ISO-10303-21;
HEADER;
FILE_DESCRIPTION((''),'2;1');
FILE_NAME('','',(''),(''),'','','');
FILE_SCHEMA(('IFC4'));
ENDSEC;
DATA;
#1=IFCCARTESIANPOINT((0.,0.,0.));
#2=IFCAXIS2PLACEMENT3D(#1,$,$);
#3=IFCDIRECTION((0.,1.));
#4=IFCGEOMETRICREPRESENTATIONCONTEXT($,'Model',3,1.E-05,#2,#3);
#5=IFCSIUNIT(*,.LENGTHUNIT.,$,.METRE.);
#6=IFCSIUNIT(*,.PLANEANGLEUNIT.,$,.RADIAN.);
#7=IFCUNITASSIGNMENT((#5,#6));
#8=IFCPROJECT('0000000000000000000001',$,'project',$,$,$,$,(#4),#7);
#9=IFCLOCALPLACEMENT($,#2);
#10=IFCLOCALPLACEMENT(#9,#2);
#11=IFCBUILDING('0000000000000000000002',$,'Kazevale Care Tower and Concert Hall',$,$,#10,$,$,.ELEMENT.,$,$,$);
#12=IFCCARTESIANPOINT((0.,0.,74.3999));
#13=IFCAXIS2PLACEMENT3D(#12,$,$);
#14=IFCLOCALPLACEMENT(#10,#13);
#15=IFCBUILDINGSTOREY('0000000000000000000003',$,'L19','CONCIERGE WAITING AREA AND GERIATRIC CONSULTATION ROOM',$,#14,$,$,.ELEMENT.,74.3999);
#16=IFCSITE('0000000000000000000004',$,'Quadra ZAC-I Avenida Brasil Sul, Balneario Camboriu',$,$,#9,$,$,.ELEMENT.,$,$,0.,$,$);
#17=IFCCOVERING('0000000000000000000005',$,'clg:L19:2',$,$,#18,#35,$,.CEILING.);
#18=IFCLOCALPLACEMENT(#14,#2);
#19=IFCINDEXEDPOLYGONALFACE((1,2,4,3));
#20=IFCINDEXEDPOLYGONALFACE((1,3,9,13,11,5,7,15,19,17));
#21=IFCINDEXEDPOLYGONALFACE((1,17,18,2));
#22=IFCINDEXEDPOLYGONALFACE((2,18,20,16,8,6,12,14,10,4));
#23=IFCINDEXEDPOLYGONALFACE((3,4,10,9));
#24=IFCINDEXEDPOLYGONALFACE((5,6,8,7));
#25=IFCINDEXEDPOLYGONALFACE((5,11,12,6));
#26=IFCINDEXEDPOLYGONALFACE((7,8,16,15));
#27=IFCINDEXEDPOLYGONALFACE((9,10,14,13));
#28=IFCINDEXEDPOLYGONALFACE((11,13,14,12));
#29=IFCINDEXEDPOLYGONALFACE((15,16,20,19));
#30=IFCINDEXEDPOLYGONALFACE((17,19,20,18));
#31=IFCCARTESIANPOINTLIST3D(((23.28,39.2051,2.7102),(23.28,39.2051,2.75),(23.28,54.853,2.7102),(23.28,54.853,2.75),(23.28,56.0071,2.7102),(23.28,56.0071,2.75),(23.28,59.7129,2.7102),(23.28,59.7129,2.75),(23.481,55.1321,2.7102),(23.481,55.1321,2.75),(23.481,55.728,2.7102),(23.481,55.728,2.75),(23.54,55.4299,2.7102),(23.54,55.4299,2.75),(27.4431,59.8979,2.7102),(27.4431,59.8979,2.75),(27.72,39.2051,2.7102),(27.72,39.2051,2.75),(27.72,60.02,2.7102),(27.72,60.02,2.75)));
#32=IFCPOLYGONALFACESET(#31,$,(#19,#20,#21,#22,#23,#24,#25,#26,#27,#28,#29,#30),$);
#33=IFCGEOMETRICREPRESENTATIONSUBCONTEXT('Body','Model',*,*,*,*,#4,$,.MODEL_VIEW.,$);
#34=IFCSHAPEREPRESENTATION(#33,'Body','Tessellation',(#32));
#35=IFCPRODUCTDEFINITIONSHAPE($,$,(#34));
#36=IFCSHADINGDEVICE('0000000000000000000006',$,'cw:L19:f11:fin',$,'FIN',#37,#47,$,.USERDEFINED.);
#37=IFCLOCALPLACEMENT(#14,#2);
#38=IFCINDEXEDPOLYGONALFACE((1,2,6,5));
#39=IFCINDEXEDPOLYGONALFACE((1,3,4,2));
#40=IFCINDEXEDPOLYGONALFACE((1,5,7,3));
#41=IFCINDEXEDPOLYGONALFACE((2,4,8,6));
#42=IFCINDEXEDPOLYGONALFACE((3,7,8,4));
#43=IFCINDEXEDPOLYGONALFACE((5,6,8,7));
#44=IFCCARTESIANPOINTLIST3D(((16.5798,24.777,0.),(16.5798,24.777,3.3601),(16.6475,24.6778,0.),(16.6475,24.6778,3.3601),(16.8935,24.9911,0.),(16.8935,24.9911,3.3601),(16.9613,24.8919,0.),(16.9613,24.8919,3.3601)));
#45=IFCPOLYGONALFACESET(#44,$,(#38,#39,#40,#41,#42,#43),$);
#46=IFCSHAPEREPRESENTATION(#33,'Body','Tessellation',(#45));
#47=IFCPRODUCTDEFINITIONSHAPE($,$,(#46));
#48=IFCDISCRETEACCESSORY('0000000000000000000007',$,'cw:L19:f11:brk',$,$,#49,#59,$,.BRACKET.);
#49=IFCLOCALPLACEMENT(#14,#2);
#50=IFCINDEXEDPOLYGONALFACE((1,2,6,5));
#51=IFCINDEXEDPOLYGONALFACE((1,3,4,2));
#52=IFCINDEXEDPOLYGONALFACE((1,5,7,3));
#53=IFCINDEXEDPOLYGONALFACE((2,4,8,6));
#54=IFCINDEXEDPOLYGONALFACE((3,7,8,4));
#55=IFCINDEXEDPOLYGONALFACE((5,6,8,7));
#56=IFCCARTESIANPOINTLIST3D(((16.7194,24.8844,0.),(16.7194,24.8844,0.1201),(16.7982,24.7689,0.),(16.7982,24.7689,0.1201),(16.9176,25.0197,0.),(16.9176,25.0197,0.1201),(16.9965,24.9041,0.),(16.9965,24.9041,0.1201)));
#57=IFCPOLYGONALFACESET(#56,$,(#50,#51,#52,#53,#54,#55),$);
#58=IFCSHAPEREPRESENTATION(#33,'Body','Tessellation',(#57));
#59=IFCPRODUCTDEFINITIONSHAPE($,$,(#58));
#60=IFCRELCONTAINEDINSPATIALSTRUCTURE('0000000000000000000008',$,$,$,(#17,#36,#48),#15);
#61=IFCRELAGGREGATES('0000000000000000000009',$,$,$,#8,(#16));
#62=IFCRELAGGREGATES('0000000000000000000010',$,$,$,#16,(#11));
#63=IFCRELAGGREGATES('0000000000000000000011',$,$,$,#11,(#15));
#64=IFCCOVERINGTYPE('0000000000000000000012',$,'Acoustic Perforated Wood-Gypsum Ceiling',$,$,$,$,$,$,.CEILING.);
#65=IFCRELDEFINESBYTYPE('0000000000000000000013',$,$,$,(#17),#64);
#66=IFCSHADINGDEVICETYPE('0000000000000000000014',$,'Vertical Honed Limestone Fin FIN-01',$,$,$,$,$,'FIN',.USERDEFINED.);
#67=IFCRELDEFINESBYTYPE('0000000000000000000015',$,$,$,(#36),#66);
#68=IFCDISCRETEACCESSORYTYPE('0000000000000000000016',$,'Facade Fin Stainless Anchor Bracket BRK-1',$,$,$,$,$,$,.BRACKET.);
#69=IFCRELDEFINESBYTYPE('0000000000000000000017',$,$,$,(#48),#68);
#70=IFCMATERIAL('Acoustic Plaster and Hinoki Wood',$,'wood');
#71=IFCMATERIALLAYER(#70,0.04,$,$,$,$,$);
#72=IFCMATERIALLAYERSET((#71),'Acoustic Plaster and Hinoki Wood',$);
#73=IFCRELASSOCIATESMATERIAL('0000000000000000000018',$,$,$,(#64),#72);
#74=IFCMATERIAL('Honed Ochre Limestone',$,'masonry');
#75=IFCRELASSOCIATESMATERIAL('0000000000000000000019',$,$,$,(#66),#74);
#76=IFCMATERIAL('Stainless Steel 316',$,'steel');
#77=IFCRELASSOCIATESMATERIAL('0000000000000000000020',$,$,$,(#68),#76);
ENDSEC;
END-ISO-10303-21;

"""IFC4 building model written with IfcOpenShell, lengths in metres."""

from ifc_helpers import new_model, si_unit, direction, frame, origin, origin_2d, place, context, subcontext, project, spatial, polyline, rectangle, outline, extrude, material, layer, layer_set, type_object, element, save


model = new_model("IFC4")

# Units and contexts
model_context = context("Model", 3, precision=1e-05, world=origin(), true_north=direction((0.0, 1.0)))
body_context = subcontext(model_context, "Body", "Model", "MODEL_VIEW")
ifc_project = project(units=[si_unit("LENGTHUNIT", "METRE"), si_unit("PLANEANGLEUNIT", "RADIAN")], contexts=[model_context])

# Site, building, storey
site_placement = place(None, origin())
site = spatial("IfcSite", under=ifc_project, at=site_placement, Name="Quadra ZAC-I Avenida Brasil Sul, Balneario Camboriu", CompositionType="ELEMENT", RefElevation=0.0)
building_placement = place(site_placement, origin())
building = spatial("IfcBuilding", under=site, at=building_placement, Name="Kazevale Care Tower and Concert Hall", CompositionType="ELEMENT")
storey_placement = place(building_placement, frame((0.0, 0.0, 74.3999)))
storey = spatial("IfcBuildingStorey", under=building, at=storey_placement, Name="L19", Description="CONCIERGE WAITING AREA AND GERIATRIC CONSULTATION ROOM", CompositionType="ELEMENT", Elevation=74.3999)

# Covering
ifc_material_1 = material(Name="Acoustic Plaster and Hinoki Wood", Category="wood")
ifc_layer_1 = layer(ifc_material_1, 0.04)
ifc_layer_set_1 = layer_set([ifc_layer_1], Name="Acoustic Plaster and Hinoki Wood")
covering_type = type_object("IfcCoveringType", Name="Acoustic Perforated Wood-Gypsum Ceiling", PredefinedType="CEILING", material=ifc_layer_set_1)
covering_1_placement = place(storey_placement, frame((0.0, 0.0, 2.7102)))
element("IfcCovering", 1, at=covering_1_placement, inside=storey, type_object=covering_type, Name="clg:L19:2", PredefinedType="CEILING", context=body_context, shape_type="SweptSolid", body=[
    extrude(outline(polyline([(27.4431, 59.8979), (27.72, 60.02), (27.72, 39.2051), (23.28, 39.2051), (23.28, 54.853), (23.481, 55.1321), (23.54, 55.4299), (23.481, 55.728), (23.28, 56.0071), (23.28, 59.7129), (27.4431, 59.8979)])), origin(), (0.0, 0.0, 1.0), 0.0398),
])

# Shading device
ifc_material_2 = material(Name="Honed Ochre Limestone", Category="masonry")
shading_device_type = type_object("IfcShadingDeviceType", Name="Vertical Honed Limestone Fin FIN-01", ElementType="FIN", PredefinedType="USERDEFINED", material=ifc_material_2)
shading_device_placement = place(storey_placement, frame((16.7705, 24.8345, 0.0), z_axis=(0.0, 0.0, 1.0), x_axis=(-0.826, -0.56367, 0.0)))
element("IfcShadingDevice", 2, at=shading_device_placement, inside=storey, type_object=shading_device_type, Name="cw:L19:f11:fin", ObjectType="FIN", PredefinedType="USERDEFINED", context=body_context, shape_type="SweptSolid", body=[
    extrude(rectangle(XDim=0.3799, YDim=0.1201, at=origin_2d()), origin(), (0.0, 0.0, 1.0), 3.3601),
])

# Discrete accessory
ifc_material_3 = material(Name="Stainless Steel 316", Category="steel")
discrete_accessory_type = type_object("IfcDiscreteAccessoryType", Name="Facade Fin Stainless Anchor Bracket BRK-1", PredefinedType="BRACKET", material=ifc_material_3)
discrete_accessory_placement = place(storey_placement, frame((16.8579, 24.8943, 0.0), z_axis=(0.0, 0.0, 1.0), x_axis=(-0.826, -0.56367, 0.0)))
element("IfcDiscreteAccessory", 3, at=discrete_accessory_placement, inside=storey, type_object=discrete_accessory_type, Name="cw:L19:f11:brk", PredefinedType="BRACKET", context=body_context, shape_type="SweptSolid", body=[
    extrude(rectangle(XDim=0.24, YDim=0.1399, at=origin_2d()), origin(), (0.0, 0.0, 1.0), 0.1201),
])

save(model, "model.ifc")
